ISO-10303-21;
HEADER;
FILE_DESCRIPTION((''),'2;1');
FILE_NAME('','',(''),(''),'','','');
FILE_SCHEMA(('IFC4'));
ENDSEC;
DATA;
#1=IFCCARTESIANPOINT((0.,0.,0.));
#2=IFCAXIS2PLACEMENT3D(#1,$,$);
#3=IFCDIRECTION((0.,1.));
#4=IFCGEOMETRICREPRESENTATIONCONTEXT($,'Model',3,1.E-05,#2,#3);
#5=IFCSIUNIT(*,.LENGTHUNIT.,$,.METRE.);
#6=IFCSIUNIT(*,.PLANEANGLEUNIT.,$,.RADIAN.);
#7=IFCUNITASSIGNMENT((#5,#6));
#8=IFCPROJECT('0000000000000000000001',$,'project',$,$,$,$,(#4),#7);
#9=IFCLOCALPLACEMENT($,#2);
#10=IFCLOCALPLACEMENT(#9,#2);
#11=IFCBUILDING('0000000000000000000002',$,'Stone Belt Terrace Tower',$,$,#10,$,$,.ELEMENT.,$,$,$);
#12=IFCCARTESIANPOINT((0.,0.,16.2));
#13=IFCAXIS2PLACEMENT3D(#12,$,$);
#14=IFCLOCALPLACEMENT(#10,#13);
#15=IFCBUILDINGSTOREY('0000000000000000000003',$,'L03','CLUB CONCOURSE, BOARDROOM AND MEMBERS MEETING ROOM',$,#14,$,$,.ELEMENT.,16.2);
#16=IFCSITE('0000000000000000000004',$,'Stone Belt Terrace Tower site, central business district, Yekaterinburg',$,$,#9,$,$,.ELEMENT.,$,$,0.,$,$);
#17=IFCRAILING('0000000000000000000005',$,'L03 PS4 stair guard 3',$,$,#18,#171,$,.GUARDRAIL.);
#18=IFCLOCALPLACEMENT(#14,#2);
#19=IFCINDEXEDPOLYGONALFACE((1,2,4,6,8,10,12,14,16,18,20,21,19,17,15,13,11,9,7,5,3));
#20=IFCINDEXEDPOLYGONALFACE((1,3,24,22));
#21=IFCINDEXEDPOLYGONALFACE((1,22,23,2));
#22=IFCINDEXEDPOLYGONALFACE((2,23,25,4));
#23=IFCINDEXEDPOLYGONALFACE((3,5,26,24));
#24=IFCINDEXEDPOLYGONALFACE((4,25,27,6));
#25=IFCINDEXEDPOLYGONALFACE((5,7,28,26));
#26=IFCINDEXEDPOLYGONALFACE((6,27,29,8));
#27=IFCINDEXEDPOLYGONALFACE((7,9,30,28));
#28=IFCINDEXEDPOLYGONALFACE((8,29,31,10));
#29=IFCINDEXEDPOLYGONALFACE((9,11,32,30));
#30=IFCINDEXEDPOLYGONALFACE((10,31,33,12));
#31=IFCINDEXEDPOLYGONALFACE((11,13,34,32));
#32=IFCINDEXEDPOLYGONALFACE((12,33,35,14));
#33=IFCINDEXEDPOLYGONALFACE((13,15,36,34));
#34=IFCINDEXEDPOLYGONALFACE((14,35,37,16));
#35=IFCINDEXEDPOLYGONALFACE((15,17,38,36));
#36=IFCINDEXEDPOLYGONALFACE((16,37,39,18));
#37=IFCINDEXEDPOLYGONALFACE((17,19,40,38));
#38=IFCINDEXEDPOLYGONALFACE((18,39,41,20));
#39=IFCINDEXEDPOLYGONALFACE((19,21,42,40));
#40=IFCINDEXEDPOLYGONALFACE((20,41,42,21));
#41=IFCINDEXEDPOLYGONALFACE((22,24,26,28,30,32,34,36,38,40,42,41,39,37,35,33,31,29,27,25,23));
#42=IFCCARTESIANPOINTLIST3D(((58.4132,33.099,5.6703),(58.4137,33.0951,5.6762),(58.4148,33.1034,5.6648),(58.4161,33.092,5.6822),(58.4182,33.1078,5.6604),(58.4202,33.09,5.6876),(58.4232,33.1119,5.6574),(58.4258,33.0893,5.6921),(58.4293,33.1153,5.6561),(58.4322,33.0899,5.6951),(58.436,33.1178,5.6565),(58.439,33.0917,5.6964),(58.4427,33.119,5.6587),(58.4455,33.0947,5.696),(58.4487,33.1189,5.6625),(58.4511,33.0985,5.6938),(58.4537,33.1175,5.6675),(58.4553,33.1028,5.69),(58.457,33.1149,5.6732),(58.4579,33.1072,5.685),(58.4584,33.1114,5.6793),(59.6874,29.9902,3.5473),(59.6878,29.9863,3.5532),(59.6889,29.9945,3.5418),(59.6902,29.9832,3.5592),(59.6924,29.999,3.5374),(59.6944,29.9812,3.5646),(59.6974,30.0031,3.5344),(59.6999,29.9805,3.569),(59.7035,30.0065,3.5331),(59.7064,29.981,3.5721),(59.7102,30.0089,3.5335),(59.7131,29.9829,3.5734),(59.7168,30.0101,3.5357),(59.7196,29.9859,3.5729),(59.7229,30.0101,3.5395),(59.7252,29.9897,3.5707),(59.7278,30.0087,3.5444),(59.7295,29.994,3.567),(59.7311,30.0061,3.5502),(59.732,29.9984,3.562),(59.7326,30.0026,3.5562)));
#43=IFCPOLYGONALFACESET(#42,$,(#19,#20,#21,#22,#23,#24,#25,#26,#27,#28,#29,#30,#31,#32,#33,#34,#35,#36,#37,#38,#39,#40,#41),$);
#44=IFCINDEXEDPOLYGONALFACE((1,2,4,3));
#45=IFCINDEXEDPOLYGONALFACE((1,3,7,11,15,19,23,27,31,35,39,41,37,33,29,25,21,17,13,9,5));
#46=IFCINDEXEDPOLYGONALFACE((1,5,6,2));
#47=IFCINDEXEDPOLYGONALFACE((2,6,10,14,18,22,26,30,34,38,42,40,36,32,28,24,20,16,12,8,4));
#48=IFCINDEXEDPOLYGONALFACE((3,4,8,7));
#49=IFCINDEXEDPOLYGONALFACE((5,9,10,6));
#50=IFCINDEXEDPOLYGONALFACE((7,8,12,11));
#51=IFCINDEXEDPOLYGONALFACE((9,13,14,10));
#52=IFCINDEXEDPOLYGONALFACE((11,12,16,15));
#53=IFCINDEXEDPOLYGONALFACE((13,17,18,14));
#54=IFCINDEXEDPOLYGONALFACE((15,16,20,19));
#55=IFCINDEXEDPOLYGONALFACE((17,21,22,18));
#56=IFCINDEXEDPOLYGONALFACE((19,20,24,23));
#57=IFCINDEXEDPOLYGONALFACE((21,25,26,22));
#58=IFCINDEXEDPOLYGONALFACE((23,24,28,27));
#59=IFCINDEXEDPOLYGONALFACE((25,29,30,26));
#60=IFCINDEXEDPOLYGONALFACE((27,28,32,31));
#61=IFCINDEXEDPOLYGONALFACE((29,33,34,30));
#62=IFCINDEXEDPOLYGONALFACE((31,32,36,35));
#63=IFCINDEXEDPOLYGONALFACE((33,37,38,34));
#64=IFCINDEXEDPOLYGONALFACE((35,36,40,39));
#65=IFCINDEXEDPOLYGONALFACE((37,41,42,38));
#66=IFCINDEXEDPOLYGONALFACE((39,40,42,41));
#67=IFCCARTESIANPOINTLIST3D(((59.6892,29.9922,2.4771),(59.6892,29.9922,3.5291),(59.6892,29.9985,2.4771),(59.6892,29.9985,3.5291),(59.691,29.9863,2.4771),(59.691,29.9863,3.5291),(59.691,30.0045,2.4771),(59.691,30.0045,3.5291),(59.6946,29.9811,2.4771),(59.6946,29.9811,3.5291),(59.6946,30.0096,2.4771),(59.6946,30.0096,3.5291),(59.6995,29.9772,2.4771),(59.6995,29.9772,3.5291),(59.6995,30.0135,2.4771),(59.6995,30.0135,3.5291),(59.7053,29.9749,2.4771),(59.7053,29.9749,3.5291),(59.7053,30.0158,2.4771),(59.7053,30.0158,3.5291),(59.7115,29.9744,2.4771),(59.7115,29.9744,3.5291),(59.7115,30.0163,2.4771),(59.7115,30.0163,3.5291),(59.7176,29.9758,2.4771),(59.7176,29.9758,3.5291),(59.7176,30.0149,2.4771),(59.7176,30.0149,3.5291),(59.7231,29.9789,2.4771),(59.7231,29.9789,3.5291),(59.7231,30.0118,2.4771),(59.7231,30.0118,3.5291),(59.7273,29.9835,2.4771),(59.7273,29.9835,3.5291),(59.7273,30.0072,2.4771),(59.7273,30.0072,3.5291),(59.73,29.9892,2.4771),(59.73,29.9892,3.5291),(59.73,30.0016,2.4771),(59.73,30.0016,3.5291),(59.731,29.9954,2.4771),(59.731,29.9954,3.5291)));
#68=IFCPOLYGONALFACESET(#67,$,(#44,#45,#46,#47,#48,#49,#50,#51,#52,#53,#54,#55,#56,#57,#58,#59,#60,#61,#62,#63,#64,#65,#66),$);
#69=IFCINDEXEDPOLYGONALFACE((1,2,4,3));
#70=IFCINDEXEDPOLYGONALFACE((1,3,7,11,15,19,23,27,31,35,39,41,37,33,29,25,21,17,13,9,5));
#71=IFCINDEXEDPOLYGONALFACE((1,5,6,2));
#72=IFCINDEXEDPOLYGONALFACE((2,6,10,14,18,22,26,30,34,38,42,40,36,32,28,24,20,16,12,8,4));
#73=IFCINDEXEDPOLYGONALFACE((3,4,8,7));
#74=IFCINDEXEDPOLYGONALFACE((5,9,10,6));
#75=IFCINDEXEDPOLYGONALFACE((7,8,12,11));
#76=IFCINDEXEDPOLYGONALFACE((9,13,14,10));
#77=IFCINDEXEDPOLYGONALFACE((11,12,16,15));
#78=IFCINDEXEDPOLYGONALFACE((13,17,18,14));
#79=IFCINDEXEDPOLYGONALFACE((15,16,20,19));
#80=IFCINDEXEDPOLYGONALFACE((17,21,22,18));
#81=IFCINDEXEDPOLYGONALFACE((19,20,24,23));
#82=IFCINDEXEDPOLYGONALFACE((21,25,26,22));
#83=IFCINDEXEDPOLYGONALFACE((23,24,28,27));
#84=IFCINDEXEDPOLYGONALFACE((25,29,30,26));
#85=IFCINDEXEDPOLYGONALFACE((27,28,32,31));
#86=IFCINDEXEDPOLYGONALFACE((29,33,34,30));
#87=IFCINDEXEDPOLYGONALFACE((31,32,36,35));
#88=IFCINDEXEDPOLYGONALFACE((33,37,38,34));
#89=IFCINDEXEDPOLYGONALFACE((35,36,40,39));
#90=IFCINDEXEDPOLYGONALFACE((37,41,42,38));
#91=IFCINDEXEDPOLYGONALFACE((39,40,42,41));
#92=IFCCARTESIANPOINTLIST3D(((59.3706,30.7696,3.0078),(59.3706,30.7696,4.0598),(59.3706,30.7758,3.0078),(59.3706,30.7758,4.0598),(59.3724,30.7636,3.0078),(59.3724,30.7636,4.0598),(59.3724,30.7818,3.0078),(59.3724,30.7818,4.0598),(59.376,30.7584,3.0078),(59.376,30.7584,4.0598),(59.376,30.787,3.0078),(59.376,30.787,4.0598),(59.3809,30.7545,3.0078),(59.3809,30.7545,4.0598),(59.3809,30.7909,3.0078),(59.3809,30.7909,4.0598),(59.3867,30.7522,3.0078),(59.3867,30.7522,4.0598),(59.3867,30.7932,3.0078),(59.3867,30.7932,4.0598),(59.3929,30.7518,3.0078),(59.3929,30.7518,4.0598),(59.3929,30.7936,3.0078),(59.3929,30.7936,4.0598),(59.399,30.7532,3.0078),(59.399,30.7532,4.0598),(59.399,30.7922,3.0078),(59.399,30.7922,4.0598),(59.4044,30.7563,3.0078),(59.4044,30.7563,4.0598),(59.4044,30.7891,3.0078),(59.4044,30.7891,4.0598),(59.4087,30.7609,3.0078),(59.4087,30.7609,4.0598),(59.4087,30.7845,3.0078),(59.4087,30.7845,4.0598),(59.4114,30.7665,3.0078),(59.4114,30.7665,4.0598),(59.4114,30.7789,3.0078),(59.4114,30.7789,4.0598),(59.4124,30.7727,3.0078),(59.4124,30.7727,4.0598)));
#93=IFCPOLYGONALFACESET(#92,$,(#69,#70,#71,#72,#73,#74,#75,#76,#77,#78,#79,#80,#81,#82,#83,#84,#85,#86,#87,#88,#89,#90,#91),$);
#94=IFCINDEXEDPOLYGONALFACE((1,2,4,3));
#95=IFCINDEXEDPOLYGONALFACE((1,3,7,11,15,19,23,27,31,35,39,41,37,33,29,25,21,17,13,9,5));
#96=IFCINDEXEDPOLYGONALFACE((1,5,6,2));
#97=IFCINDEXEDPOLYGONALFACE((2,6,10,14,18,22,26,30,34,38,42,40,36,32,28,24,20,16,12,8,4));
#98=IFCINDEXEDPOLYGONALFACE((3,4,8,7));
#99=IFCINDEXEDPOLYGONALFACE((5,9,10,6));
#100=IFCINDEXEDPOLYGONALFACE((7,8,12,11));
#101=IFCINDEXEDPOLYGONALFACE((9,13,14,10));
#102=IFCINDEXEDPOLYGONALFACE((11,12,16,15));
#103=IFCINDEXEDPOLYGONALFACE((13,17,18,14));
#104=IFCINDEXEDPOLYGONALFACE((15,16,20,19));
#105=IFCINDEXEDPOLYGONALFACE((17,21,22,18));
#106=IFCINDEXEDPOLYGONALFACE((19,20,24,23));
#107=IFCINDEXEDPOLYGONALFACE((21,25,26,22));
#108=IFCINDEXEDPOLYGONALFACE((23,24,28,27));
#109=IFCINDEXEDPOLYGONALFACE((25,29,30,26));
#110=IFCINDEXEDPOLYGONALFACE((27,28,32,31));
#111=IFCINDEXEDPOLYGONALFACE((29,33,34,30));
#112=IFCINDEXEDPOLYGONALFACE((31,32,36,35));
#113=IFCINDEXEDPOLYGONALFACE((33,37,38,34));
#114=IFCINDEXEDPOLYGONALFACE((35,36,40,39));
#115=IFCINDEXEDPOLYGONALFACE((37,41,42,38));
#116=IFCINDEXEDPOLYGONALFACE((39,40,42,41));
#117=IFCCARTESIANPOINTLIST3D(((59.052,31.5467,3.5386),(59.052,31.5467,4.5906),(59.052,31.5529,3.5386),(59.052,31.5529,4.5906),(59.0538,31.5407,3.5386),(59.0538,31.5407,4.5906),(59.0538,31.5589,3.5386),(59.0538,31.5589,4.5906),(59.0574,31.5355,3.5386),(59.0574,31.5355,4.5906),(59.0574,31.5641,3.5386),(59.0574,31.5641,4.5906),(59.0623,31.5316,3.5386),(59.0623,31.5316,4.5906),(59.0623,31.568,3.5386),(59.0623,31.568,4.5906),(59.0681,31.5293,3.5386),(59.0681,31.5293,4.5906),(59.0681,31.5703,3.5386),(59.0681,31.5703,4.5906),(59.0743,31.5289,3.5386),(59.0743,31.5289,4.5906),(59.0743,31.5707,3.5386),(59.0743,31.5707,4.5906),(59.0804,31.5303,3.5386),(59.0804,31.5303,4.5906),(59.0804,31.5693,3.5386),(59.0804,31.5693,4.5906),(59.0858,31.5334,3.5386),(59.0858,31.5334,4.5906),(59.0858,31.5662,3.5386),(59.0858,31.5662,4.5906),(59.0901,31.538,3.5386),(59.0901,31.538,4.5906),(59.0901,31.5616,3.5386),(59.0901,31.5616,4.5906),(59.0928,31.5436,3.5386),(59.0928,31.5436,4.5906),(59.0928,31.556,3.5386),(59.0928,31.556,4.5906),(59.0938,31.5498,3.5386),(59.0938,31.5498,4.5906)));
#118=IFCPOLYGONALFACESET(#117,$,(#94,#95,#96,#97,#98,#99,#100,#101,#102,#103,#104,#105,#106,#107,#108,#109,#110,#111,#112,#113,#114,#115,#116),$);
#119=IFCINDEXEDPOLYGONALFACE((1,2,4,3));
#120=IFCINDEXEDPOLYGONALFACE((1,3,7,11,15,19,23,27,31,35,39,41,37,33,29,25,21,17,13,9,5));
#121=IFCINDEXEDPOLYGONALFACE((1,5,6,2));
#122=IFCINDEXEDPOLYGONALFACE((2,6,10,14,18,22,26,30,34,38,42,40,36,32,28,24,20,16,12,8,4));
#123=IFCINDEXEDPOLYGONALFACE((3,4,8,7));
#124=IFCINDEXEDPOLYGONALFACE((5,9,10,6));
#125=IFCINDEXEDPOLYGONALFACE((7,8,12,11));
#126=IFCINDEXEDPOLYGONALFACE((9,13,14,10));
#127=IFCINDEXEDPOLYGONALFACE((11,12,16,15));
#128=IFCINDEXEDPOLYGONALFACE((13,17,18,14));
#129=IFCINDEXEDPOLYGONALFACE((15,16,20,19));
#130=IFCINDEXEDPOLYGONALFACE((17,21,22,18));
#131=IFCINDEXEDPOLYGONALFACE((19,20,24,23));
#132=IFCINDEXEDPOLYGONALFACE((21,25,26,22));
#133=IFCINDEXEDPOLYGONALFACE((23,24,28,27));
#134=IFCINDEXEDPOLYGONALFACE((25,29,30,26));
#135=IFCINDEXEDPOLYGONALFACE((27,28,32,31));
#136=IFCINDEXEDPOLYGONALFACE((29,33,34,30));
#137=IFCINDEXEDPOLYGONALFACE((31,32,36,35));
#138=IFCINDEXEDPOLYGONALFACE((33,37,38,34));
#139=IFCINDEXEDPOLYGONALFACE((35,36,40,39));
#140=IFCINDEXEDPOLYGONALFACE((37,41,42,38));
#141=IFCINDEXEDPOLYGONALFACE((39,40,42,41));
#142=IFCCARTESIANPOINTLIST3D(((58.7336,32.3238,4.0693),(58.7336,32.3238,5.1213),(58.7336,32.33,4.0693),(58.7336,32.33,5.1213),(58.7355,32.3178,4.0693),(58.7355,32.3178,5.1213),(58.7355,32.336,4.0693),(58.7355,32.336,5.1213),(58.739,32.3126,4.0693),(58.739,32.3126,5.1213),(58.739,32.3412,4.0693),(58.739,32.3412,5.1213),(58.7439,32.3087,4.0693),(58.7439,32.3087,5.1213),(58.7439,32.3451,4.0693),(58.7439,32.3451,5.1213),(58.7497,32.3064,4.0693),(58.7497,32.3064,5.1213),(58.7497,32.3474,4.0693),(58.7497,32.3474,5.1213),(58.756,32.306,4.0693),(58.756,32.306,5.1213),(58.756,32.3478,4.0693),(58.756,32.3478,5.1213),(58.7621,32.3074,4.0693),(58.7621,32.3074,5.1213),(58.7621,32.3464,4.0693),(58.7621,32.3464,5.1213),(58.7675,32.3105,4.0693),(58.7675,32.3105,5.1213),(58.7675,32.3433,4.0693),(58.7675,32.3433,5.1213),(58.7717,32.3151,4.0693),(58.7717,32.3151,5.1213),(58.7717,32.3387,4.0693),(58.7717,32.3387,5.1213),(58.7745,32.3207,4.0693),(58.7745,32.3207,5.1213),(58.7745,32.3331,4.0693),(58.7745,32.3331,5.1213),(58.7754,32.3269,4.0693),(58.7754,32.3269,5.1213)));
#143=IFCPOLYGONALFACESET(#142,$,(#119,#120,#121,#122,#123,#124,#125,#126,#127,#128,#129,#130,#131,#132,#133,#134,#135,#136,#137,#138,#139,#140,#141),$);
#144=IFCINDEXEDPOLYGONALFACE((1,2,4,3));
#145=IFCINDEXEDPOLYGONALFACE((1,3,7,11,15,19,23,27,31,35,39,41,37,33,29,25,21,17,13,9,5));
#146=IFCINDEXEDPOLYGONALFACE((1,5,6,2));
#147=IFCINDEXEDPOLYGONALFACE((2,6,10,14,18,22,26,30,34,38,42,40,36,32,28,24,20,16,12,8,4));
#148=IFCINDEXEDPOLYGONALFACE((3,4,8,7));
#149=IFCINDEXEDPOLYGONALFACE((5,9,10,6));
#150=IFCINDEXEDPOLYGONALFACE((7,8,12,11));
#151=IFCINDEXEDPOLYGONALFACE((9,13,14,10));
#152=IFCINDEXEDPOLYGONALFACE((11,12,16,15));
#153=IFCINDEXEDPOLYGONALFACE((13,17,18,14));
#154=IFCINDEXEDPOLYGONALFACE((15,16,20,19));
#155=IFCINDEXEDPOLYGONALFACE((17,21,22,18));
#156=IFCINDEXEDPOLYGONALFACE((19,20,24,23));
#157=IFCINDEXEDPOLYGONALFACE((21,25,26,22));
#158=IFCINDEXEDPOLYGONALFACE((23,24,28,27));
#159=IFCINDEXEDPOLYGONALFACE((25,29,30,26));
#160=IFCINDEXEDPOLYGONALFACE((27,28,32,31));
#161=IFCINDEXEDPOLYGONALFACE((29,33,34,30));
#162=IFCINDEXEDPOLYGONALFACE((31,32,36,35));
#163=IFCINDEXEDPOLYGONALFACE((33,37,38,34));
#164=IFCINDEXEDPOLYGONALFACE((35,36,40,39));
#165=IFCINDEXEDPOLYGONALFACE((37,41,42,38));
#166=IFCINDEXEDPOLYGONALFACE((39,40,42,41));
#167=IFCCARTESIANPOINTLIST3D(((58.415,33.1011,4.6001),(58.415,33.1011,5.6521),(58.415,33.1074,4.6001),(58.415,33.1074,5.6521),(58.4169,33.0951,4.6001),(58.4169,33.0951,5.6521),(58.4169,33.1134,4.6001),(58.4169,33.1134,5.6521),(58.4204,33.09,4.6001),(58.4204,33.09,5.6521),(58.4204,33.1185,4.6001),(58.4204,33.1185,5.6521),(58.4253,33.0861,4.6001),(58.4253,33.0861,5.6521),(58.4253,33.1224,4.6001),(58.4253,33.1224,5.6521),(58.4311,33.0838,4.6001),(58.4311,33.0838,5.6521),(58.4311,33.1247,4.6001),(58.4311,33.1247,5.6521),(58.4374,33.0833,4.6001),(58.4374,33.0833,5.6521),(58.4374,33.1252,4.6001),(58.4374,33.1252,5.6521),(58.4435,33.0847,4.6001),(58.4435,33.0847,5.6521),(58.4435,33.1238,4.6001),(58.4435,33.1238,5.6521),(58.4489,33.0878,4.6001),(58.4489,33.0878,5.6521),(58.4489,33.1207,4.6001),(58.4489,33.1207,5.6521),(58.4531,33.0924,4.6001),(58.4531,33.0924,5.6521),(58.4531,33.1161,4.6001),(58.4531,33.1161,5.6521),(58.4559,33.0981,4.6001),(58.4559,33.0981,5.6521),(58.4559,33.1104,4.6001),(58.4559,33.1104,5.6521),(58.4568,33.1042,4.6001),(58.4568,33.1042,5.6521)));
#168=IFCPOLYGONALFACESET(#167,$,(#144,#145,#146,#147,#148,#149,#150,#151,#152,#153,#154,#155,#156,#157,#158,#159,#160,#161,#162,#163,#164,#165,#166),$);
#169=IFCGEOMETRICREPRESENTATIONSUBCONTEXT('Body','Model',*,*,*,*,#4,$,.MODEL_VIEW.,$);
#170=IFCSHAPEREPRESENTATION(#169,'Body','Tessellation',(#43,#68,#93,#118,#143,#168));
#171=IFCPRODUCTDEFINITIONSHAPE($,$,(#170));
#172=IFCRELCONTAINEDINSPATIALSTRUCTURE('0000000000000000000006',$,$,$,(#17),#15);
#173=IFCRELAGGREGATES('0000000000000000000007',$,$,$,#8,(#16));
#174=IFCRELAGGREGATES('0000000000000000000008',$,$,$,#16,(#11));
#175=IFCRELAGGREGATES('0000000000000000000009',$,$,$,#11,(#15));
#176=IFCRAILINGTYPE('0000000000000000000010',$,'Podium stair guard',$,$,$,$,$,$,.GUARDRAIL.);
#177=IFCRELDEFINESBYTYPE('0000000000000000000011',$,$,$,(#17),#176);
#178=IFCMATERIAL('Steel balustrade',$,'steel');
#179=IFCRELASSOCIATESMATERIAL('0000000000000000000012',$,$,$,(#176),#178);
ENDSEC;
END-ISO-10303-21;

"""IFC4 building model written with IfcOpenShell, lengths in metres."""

from ifc_helpers import new_model, si_unit, direction, frame, origin, origin_2d, place, context, subcontext, project, spatial, circle, extrude, material, type_object, element, save


model = new_model("IFC4")

# Units and contexts
model_context = context("Model", 3, precision=1e-05, world=origin(), true_north=direction((0.0, 1.0)))
body_context = subcontext(model_context, "Body", "Model", "MODEL_VIEW")
ifc_project = project(units=[si_unit("LENGTHUNIT", "METRE"), si_unit("PLANEANGLEUNIT", "RADIAN")], contexts=[model_context])

# Site, building, storey
site_placement = place(None, origin())
site = spatial("IfcSite", under=ifc_project, at=site_placement, Name="Stone Belt Terrace Tower site, central business district, Yekaterinburg", CompositionType="ELEMENT", RefElevation=0.0)
building_placement = place(site_placement, origin())
building = spatial("IfcBuilding", under=site, at=building_placement, Name="Stone Belt Terrace Tower", CompositionType="ELEMENT")
storey_placement = place(building_placement, frame((0.0, 0.0, 16.2)))
storey = spatial("IfcBuildingStorey", under=building, at=storey_placement, Name="L03", Description="CLUB CONCOURSE, BOARDROOM AND MEMBERS MEETING ROOM", CompositionType="ELEMENT", Elevation=16.2)

# Railing
ifc_material_1 = material(Name="Steel balustrade", Category="steel")
railing_type_1 = type_object("IfcRailingType", Name="Podium stair guard", PredefinedType="GUARDRAIL", material=ifc_material_1)
railing_1_placement = place(storey_placement, frame((59.71, 29.9954, 2.4771)))
element("IfcRailing", 1, at=railing_1_placement, inside=storey, type_object=railing_type_1, Name="L03 PS4 stair guard 3", PredefinedType="GUARDRAIL", context=body_context, shape_type="SweptSolid", body=[
    extrude(circle(Radius=0.0239, at=origin_2d()), frame((0.0, 0.0, 1.0762), z_axis=(-0.320593, 0.782224, 0.534178), x_axis=(-0.925301, -0.379233, 0.0)), (0.0, 0.0, 1.0), 3.9744),
    extrude(circle(Radius=0.021, at=origin_2d()), origin(), (0.0, 0.0, 1.0), 1.052),
    extrude(circle(Radius=0.021, at=origin_2d()), frame((-0.3186, 0.7773, 0.5308)), (0.0, 0.0, 1.0), 1.052),
    extrude(circle(Radius=0.021, at=origin_2d()), frame((-0.6372, 1.5544, 1.0615)), (0.0, 0.0, 1.0), 1.052),
    extrude(circle(Radius=0.021, at=origin_2d()), frame((-0.9556, 2.3315, 1.5923)), (0.0, 0.0, 1.0), 1.052),
    extrude(circle(Radius=0.021, at=origin_2d()), frame((-1.2742, 3.1089, 2.123)), (0.0, 0.0, 1.0), 1.052),
])

save(model, "model.ifc")
